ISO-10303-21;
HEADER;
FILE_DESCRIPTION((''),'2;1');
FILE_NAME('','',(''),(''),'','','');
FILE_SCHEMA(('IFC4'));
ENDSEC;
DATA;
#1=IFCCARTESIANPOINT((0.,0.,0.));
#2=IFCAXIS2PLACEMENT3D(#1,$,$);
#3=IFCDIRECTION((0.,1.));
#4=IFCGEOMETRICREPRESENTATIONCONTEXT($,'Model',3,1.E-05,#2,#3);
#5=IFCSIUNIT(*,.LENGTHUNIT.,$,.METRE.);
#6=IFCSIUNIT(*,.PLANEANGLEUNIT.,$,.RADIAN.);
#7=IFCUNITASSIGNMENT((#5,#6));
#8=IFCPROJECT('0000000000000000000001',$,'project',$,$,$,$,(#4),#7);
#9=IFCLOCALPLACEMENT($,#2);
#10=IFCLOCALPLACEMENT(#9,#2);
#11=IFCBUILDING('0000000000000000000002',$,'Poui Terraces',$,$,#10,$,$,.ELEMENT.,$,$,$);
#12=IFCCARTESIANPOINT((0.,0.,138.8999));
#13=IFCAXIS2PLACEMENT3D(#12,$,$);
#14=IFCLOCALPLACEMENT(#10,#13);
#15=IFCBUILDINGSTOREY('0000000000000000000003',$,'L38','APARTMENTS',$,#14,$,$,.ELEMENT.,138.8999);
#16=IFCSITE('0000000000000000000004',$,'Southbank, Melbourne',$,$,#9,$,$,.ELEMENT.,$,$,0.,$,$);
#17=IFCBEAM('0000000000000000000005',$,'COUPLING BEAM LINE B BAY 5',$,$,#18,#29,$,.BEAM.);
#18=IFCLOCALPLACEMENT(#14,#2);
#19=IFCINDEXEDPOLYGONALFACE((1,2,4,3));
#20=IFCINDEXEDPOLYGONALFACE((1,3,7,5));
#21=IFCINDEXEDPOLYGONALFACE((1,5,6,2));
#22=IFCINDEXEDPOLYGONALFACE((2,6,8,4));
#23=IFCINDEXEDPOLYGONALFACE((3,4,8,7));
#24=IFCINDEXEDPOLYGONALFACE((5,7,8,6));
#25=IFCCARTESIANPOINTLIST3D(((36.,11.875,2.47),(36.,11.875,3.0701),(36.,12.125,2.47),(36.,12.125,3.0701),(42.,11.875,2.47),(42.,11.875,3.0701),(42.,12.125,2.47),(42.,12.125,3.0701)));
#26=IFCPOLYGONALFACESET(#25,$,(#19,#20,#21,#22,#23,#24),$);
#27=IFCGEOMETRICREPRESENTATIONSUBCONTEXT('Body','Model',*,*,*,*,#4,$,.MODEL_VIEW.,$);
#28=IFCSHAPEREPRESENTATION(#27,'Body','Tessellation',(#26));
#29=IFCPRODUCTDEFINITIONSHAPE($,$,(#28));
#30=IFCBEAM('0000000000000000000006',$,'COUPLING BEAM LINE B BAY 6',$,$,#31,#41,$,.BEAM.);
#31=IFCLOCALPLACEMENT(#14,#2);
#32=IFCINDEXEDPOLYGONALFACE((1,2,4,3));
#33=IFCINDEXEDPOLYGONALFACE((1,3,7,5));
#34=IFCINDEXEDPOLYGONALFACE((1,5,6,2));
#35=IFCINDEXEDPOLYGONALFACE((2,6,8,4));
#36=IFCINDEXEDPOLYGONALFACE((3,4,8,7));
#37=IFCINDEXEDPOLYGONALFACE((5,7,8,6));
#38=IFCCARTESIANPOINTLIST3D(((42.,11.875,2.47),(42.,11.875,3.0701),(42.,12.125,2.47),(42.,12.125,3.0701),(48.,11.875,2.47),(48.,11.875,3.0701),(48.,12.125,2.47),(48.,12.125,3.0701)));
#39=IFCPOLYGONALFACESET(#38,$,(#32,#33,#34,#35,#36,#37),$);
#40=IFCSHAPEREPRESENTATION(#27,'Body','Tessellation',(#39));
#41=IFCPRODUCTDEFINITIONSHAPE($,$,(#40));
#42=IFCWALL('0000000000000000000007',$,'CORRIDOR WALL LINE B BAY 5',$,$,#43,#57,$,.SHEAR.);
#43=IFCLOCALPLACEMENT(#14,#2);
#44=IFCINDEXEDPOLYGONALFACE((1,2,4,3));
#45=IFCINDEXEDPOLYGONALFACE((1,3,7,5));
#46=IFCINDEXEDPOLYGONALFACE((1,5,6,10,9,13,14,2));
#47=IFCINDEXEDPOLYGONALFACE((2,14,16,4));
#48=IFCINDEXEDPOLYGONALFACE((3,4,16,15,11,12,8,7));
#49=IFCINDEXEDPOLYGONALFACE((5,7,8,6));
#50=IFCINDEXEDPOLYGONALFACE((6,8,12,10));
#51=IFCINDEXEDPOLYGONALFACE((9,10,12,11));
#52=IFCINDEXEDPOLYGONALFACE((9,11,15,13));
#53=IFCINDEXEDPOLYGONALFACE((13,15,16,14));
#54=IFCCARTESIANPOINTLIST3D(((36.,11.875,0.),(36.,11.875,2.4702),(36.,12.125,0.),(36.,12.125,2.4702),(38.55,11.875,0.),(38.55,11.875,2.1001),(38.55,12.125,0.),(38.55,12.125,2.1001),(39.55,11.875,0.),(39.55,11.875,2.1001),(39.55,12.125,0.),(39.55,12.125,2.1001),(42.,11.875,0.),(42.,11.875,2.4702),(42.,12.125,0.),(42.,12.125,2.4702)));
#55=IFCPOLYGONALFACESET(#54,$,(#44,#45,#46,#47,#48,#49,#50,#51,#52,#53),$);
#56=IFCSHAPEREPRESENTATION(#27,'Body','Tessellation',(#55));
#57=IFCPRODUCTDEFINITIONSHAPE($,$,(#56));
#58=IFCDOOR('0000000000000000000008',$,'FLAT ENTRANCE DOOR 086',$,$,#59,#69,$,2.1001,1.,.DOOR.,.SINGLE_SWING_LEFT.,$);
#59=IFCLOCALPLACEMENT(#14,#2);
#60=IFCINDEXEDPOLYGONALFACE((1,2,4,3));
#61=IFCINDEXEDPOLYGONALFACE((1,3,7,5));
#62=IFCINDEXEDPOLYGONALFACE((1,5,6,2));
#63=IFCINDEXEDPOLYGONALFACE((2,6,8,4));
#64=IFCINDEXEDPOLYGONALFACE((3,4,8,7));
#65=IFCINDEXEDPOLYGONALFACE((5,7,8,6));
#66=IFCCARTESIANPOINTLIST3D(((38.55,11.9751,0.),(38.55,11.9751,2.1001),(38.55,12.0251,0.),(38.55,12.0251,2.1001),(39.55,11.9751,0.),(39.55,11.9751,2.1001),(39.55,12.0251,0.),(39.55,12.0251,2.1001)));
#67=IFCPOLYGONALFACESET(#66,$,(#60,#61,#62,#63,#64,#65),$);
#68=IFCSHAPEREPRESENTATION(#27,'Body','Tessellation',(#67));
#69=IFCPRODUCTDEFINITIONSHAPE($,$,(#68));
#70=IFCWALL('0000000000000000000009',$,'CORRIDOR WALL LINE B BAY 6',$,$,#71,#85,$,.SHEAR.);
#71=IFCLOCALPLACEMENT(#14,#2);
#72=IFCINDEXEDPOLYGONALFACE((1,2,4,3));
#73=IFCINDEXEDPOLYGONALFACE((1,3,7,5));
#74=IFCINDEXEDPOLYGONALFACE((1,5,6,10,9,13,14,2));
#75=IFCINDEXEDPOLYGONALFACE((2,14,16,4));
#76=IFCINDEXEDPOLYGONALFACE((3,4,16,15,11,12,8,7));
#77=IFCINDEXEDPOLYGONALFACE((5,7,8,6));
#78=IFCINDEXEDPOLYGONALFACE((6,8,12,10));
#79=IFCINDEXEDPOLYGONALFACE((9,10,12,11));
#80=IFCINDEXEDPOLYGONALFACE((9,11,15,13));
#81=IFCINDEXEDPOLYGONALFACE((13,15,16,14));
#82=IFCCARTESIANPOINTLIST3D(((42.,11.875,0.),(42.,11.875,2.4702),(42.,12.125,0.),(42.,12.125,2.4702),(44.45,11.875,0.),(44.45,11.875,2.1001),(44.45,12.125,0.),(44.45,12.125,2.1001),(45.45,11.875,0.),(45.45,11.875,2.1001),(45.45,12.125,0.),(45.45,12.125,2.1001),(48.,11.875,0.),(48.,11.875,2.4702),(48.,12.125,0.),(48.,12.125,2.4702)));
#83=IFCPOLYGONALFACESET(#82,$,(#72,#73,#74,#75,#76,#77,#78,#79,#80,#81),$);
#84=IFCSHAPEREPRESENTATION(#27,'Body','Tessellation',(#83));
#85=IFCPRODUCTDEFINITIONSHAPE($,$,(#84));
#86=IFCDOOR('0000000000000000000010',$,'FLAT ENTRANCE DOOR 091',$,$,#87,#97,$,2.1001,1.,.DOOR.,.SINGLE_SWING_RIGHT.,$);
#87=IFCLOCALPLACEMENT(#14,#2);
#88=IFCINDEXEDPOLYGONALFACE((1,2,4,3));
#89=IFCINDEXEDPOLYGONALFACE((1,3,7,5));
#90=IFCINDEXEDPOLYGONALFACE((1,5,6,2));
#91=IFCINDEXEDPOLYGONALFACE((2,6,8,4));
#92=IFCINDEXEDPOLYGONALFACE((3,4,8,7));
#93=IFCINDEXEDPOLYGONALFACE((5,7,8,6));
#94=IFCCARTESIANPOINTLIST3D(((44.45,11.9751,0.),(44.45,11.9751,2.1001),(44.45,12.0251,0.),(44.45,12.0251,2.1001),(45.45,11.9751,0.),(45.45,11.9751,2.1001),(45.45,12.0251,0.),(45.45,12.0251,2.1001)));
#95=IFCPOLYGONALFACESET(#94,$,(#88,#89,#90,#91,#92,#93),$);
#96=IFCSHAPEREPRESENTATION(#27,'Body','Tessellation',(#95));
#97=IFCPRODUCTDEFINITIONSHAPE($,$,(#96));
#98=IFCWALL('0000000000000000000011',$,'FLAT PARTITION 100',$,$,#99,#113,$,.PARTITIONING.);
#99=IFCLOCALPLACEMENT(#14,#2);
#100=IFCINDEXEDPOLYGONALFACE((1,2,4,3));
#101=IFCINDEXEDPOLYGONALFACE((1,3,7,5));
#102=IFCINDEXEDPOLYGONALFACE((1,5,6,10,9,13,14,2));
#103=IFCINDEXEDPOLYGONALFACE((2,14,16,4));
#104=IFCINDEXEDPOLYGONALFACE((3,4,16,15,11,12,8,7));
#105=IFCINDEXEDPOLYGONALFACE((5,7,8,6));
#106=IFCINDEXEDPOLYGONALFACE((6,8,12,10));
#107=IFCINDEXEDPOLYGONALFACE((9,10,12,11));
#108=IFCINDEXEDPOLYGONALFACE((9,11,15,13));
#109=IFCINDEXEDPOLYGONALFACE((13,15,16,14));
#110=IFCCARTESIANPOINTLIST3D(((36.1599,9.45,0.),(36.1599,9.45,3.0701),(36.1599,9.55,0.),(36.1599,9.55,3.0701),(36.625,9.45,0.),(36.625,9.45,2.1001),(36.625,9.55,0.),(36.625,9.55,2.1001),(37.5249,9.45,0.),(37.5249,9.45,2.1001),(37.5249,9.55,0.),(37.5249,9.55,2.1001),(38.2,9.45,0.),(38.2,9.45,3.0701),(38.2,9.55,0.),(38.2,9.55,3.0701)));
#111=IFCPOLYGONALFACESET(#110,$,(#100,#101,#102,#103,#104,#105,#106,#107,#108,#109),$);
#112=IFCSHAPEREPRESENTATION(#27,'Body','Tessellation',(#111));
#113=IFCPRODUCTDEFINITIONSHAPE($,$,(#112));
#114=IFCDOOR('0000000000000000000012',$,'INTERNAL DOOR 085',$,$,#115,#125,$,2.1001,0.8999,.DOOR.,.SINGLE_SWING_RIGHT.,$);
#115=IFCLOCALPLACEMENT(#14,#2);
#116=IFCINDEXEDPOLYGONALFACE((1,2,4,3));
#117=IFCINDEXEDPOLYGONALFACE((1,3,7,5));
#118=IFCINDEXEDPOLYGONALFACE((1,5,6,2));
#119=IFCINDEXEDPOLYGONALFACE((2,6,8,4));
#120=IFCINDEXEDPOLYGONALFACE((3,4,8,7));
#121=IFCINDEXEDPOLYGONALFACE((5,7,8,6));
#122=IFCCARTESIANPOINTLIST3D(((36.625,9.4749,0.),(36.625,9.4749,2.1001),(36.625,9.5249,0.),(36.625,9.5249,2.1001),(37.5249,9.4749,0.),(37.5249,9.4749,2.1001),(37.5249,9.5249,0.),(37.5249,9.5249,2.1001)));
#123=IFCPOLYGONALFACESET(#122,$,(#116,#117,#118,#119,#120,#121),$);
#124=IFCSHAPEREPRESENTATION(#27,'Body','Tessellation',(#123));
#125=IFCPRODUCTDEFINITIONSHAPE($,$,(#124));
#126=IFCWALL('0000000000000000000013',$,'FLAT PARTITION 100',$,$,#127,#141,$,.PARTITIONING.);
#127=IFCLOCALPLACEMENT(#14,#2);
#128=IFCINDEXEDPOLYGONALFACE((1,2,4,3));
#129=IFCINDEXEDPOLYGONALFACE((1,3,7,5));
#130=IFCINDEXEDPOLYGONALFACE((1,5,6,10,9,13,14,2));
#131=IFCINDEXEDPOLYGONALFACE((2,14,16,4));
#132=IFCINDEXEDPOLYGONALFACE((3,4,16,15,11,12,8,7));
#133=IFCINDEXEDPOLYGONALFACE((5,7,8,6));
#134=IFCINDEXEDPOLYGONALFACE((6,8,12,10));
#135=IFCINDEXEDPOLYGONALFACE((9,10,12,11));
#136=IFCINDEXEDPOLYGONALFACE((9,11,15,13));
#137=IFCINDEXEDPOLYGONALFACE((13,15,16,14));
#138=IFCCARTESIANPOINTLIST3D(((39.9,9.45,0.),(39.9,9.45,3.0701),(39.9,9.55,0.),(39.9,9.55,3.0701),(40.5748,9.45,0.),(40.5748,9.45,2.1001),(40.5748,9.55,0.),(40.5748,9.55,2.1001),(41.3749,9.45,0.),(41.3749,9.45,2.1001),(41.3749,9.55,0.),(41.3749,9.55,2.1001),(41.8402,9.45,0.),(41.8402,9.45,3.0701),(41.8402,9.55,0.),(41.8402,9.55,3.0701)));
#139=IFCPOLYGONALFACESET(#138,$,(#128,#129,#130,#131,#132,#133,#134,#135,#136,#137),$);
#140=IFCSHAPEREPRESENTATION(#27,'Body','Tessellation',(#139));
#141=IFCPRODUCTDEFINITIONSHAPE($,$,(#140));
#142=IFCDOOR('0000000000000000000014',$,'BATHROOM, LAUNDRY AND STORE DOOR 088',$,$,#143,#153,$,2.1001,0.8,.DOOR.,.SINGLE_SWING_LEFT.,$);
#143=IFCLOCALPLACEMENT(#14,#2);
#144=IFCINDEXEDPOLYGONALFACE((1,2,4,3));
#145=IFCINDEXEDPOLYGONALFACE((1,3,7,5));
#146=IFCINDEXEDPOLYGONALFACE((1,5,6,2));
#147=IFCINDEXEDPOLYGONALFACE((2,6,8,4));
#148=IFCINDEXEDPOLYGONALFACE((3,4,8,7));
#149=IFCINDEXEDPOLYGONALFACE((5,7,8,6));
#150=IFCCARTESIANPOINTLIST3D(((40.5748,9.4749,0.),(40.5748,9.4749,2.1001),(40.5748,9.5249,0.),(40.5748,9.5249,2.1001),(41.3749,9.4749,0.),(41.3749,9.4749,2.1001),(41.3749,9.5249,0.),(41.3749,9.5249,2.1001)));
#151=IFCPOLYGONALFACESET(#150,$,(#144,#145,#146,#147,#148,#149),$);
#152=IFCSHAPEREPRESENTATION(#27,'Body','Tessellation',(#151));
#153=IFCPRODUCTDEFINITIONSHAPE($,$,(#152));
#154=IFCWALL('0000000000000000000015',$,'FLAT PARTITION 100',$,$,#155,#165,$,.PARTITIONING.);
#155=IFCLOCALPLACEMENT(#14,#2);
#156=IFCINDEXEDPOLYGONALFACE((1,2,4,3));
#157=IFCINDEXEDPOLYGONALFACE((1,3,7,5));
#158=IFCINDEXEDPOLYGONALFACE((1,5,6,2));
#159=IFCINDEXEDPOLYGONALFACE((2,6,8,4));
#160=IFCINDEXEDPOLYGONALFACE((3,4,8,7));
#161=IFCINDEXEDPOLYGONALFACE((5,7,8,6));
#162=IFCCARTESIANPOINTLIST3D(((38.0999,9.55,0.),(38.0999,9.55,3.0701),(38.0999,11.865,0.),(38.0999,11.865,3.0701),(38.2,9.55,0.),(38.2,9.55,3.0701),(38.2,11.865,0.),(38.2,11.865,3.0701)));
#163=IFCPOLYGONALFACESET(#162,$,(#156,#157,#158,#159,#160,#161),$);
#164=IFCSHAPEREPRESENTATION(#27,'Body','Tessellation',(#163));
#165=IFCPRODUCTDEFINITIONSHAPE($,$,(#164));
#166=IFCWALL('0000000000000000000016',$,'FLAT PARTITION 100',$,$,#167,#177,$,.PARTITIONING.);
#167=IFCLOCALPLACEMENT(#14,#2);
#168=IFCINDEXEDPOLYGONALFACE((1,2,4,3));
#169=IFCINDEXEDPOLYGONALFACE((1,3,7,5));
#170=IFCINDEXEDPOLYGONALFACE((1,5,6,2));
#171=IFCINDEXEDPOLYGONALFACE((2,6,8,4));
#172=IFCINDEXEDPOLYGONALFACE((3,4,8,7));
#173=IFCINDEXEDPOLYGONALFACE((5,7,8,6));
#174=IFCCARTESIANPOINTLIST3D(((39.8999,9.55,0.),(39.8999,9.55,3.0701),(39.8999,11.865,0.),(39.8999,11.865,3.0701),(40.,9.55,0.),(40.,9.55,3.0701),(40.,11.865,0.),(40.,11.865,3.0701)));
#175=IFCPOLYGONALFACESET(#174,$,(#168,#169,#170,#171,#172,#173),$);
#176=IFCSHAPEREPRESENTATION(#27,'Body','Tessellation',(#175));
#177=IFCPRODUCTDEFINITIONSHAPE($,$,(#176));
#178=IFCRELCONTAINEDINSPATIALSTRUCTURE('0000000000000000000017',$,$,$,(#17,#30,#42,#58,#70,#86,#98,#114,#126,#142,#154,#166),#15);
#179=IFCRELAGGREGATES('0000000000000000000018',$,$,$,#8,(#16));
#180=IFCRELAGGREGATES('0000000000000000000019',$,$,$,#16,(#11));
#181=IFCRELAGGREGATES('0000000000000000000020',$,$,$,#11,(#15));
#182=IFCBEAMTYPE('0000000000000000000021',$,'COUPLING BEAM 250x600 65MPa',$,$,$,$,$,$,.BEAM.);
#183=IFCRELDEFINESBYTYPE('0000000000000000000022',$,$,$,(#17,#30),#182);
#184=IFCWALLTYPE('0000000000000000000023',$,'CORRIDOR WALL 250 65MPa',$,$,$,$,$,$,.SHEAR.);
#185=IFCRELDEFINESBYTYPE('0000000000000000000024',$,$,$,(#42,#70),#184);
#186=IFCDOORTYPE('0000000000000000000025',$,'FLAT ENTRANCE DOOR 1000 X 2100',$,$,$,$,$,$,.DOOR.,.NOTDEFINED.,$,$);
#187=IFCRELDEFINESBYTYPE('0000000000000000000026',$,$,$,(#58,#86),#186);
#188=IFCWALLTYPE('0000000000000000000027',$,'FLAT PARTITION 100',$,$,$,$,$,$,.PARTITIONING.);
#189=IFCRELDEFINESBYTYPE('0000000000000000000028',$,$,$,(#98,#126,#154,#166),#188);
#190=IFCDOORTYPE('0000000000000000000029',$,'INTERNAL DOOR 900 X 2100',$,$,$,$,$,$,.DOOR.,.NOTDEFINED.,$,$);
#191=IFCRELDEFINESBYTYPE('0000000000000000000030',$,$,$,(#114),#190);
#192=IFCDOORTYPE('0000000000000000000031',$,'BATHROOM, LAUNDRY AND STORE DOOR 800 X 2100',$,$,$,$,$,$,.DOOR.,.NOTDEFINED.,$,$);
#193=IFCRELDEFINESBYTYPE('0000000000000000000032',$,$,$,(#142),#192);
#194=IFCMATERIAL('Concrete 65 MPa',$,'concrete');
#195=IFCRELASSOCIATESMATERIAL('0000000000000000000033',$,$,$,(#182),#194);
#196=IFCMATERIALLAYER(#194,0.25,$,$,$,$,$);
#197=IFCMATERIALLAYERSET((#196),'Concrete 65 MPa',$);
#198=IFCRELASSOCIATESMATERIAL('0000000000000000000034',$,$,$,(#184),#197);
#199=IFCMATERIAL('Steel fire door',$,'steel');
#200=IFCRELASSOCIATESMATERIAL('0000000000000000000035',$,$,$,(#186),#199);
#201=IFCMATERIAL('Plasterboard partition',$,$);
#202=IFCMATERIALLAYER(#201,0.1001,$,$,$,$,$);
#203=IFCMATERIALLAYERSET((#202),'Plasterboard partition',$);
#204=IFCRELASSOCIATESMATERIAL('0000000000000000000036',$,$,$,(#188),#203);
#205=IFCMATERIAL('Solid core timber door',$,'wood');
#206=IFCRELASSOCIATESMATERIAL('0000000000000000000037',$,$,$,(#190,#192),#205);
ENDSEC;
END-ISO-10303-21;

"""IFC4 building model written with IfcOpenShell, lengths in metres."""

from ifc_helpers import new_model, si_unit, direction, frame, frame_2d, origin, origin_2d, place, context, subcontext, project, spatial, rectangle, extrude, source, transform, mapped, material, layer, layer_set, material_profile, profile_set, type_object, element, fill, save


model = new_model("IFC4")

# Units and contexts
model_context = context("Model", 3, precision=1e-05, world=origin(), true_north=direction((0.0, 1.0)))
body_context = subcontext(model_context, "Body", "Model", "MODEL_VIEW")
ifc_project = project(units=[si_unit("LENGTHUNIT", "METRE"), si_unit("PLANEANGLEUNIT", "RADIAN")], contexts=[model_context])

# Site, building, storey
site_placement = place(None, origin())
site = spatial("IfcSite", under=ifc_project, at=site_placement, Name="Southbank, Melbourne", CompositionType="ELEMENT", RefElevation=0.0)
building_placement = place(site_placement, origin())
building = spatial("IfcBuilding", under=site, at=building_placement, Name="Poui Terraces", CompositionType="ELEMENT")
storey_placement = place(building_placement, frame((0.0, 0.0, 138.8999)))
storey = spatial("IfcBuildingStorey", under=building, at=storey_placement, Name="L38", Description="APARTMENTS", CompositionType="ELEMENT", Elevation=138.8999)

# Beams
ifc_material_1 = material(Name="Concrete 65 MPa", Category="concrete")
ifc_material_profile = material_profile(ifc_material_1, rectangle(XDim=0.25, YDim=0.6001, at=origin_2d()), Name="RC 250x600")
ifc_profile_set = profile_set([ifc_material_profile], Name="Concrete 65 MPa")
beam_type = type_object("IfcBeamType", Name="COUPLING BEAM 250x600 65MPa", PredefinedType="BEAM", material=ifc_profile_set)
shared_shape = source(origin(), body_context, "Body", "SweptSolid", [
    extrude(rectangle(XDim=0.25, YDim=0.6001, at=origin_2d()), origin(), (0.0, 0.0, 1.0), 6.0),
])
for number, where, z_axis, x_axis, name in (
    (1, (36.0, 12.0, 2.77), (1.0, 0.0, 0.0), (0.0, 1.0, 0.0), "COUPLING BEAM LINE B BAY 5"),
    (2, (42.0, 12.0, 2.77), (1.0, 0.0, 0.0), (0.0, 1.0, 0.0), "COUPLING BEAM LINE B BAY 6"),
):
    element("IfcBeam", number, at=place(storey_placement, frame(where, z_axis=z_axis, x_axis=x_axis)), inside=storey, type_object=beam_type, Name=name, PredefinedType="BEAM", context=body_context, shape_type="MappedRepresentation", body=[
        mapped(shared_shape, transform((0.0, 0.0, 0.0))),
    ])

# Walls, openings, doors
ifc_layer_1 = layer(ifc_material_1, 0.25)
ifc_layer_set_1 = layer_set([ifc_layer_1], Name="Concrete 65 MPa")
wall_type_1 = type_object("IfcWallType", Name="CORRIDOR WALL 250 65MPa", PredefinedType="SHEAR", material=ifc_layer_set_1)
wall_1_placement = place(storey_placement, frame((36.0, 12.0, 0.0), z_axis=(0.0, 0.0, 1.0), x_axis=(1.0, 0.0, 0.0)))
wall_1 = element("IfcWall", 3, at=wall_1_placement, inside=storey, type_object=wall_type_1, Name="CORRIDOR WALL LINE B BAY 5", PredefinedType="SHEAR", context=body_context, shape_type="SweptSolid", body=[
    extrude(rectangle(XDim=6.0, YDim=0.25, at=frame_2d((3.0, 0.0))), origin(), (0.0, 0.0, 1.0), 2.4702),
])
opening_1_placement = place(wall_1_placement, frame((2.55, 0.0, 0.0)))
opening_1 = element("IfcOpeningElement", 4, at=opening_1_placement, cuts=wall_1, PredefinedType="OPENING", context=body_context, shape_type="SweptSolid", body=[
    extrude(rectangle(XDim=1.0, YDim=2.1001, at=frame_2d((0.5, 1.05))), frame((0.0, 0.135, 0.0), z_axis=(0.0, -1.0, 0.0), x_axis=(1.0, 0.0, 0.0)), (0.0, 0.0, 1.0), 0.27),
])
ifc_material_2 = material(Name="Steel fire door", Category="steel")
door_type_1 = type_object("IfcDoorType", Name="FLAT ENTRANCE DOOR 1000 X 2100", OperationType="NOTDEFINED", PredefinedType="DOOR", material=ifc_material_2)
door_1_placement = place(opening_1_placement, frame((1.0, 0.0, 0.0), z_axis=(0.0, 0.0, 1.0), x_axis=(-1.0, 0.0, 0.0)))
door_1 = element("IfcDoor", 5, at=door_1_placement, inside=storey, type_object=door_type_1, Name="FLAT ENTRANCE DOOR 086", OperationType="SINGLE_SWING_LEFT", OverallHeight=2.1001, OverallWidth=1.0, PredefinedType="DOOR", context=body_context, shape_type="SweptSolid", body=[
    extrude(rectangle(XDim=1.0, YDim=2.1001, at=frame_2d((0.5, 1.05))), frame((0.0, 0.0249, 0.0), z_axis=(0.0, -1.0, 0.0), x_axis=(1.0, 0.0, 0.0)), (0.0, 0.0, 1.0), 0.05),
])
fill(opening_1, door_1)
wall_2_placement = place(storey_placement, frame((42.0, 12.0, 0.0), z_axis=(0.0, 0.0, 1.0), x_axis=(1.0, 0.0, 0.0)))
wall_2 = element("IfcWall", 6, at=wall_2_placement, inside=storey, type_object=wall_type_1, Name="CORRIDOR WALL LINE B BAY 6", PredefinedType="SHEAR", context=body_context, shape_type="SweptSolid", body=[
    extrude(rectangle(XDim=6.0, YDim=0.25, at=frame_2d((3.0, 0.0))), origin(), (0.0, 0.0, 1.0), 2.4702),
])
opening_2_placement = place(wall_2_placement, frame((2.45, 0.0, 0.0)))
opening_2 = element("IfcOpeningElement", 7, at=opening_2_placement, cuts=wall_2, PredefinedType="OPENING", context=body_context, shape_type="SweptSolid", body=[
    extrude(rectangle(XDim=1.0, YDim=2.1001, at=frame_2d((0.5, 1.05))), frame((0.0, 0.135, 0.0), z_axis=(0.0, -1.0, 0.0), x_axis=(1.0, 0.0, 0.0)), (0.0, 0.0, 1.0), 0.27),
])
door_2_placement = place(opening_2_placement, frame((1.0, 0.0, 0.0), z_axis=(0.0, 0.0, 1.0), x_axis=(-1.0, 0.0, 0.0)))
door_2 = element("IfcDoor", 8, at=door_2_placement, inside=storey, type_object=door_type_1, Name="FLAT ENTRANCE DOOR 091", OperationType="SINGLE_SWING_RIGHT", OverallHeight=2.1001, OverallWidth=1.0, PredefinedType="DOOR", context=body_context, shape_type="SweptSolid", body=[
    extrude(rectangle(XDim=1.0, YDim=2.1001, at=frame_2d((0.5, 1.05))), frame((0.0, 0.0249, 0.0), z_axis=(0.0, -1.0, 0.0), x_axis=(1.0, 0.0, 0.0)), (0.0, 0.0, 1.0), 0.05),
])
fill(opening_2, door_2)
ifc_material_3 = material(Name="Plasterboard partition")
ifc_layer_2 = layer(ifc_material_3, 0.1001)
ifc_layer_set_2 = layer_set([ifc_layer_2], Name="Plasterboard partition")
wall_type_2 = type_object("IfcWallType", Name="FLAT PARTITION 100", PredefinedType="PARTITIONING", material=ifc_layer_set_2)
wall_3_placement = place(storey_placement, frame((36.1599, 9.5, 0.0), z_axis=(0.0, 0.0, 1.0), x_axis=(1.0, 0.0, 0.0)))
wall_3 = element("IfcWall", 9, at=wall_3_placement, inside=storey, type_object=wall_type_2, Name="FLAT PARTITION 100", PredefinedType="PARTITIONING", context=body_context, shape_type="SweptSolid", body=[
    extrude(rectangle(XDim=2.04, YDim=0.1001, at=frame_2d((1.02, 0.0))), origin(), (0.0, 0.0, 1.0), 3.0701),
])
opening_3_placement = place(wall_3_placement, frame((0.4651, 0.0, 0.0)))
opening_3 = element("IfcOpeningElement", 10, at=opening_3_placement, cuts=wall_3, PredefinedType="OPENING", context=body_context, shape_type="SweptSolid", body=[
    extrude(rectangle(XDim=0.8999, YDim=2.1001, at=frame_2d((0.45, 1.05))), frame((0.0, 0.0601, 0.0), z_axis=(0.0, -1.0, 0.0), x_axis=(1.0, 0.0, 0.0)), (0.0, 0.0, 1.0), 0.1201),
])
ifc_material_4 = material(Name="Solid core timber door", Category="wood")
door_type_2 = type_object("IfcDoorType", Name="INTERNAL DOOR 900 X 2100", OperationType="NOTDEFINED", PredefinedType="DOOR", material=ifc_material_4)
door_3_placement = place(opening_3_placement, origin())
door_3 = element("IfcDoor", 11, at=door_3_placement, inside=storey, type_object=door_type_2, Name="INTERNAL DOOR 085", OperationType="SINGLE_SWING_RIGHT", OverallHeight=2.1001, OverallWidth=0.8999, PredefinedType="DOOR", context=body_context, shape_type="SweptSolid", body=[
    extrude(rectangle(XDim=0.8999, YDim=2.1001, at=frame_2d((0.45, 1.05))), frame((0.0, 0.0249, 0.0), z_axis=(0.0, -1.0, 0.0), x_axis=(1.0, 0.0, 0.0)), (0.0, 0.0, 1.0), 0.05),
])
fill(opening_3, door_3)
wall_4_placement = place(storey_placement, frame((39.8999, 9.5, 0.0), z_axis=(0.0, 0.0, 1.0), x_axis=(1.0, 0.0, 0.0)))
wall_4 = element("IfcWall", 12, at=wall_4_placement, inside=storey, type_object=wall_type_2, Name="FLAT PARTITION 100", PredefinedType="PARTITIONING", context=body_context, shape_type="SweptSolid", body=[
    extrude(rectangle(XDim=1.9402, YDim=0.1001, at=frame_2d((0.9702, 0.0))), origin(), (0.0, 0.0, 1.0), 3.0701),
])
opening_4_placement = place(wall_4_placement, frame((0.675, 0.0, 0.0)))
opening_4 = element("IfcOpeningElement", 13, at=opening_4_placement, cuts=wall_4, PredefinedType="OPENING", context=body_context, shape_type="SweptSolid", body=[
    extrude(rectangle(XDim=0.8, YDim=2.1001, at=frame_2d((0.3999, 1.05))), frame((0.0, 0.0601, 0.0), z_axis=(0.0, -1.0, 0.0), x_axis=(1.0, 0.0, 0.0)), (0.0, 0.0, 1.0), 0.1201),
])
door_type_3 = type_object("IfcDoorType", Name="BATHROOM, LAUNDRY AND STORE DOOR 800 X 2100", OperationType="NOTDEFINED", PredefinedType="DOOR", material=ifc_material_4)
door_4_placement = place(opening_4_placement, origin())
door_4 = element("IfcDoor", 14, at=door_4_placement, inside=storey, type_object=door_type_3, Name="BATHROOM, LAUNDRY AND STORE DOOR 088", OperationType="SINGLE_SWING_LEFT", OverallHeight=2.1001, OverallWidth=0.8, PredefinedType="DOOR", context=body_context, shape_type="SweptSolid", body=[
    extrude(rectangle(XDim=0.8, YDim=2.1001, at=frame_2d((0.3999, 1.05))), frame((0.0, 0.0249, 0.0), z_axis=(0.0, -1.0, 0.0), x_axis=(1.0, 0.0, 0.0)), (0.0, 0.0, 1.0), 0.05),
])
fill(opening_4, door_4)

# Walls
for number, where, z_axis, x_axis, name in (
    (15, (38.1499, 9.55, 0.0), (0.0, 0.0, 1.0), (0.0, 1.0, 0.0), "FLAT PARTITION 100"),
    (16, (39.95, 9.55, 0.0), (0.0, 0.0, 1.0), (0.0, 1.0, 0.0), "FLAT PARTITION 100"),
):
    element("IfcWall", number, at=place(storey_placement, frame(where, z_axis=z_axis, x_axis=x_axis)), inside=storey, type_object=wall_type_2, Name=name, PredefinedType="PARTITIONING", context=body_context, shape_type="SweptSolid", body=[
        extrude(rectangle(XDim=2.3149, YDim=0.1001, at=frame_2d((1.1575, 0.0))), origin(), (0.0, 0.0, 1.0), 3.0701),
    ])

save(model, "model.ifc")
